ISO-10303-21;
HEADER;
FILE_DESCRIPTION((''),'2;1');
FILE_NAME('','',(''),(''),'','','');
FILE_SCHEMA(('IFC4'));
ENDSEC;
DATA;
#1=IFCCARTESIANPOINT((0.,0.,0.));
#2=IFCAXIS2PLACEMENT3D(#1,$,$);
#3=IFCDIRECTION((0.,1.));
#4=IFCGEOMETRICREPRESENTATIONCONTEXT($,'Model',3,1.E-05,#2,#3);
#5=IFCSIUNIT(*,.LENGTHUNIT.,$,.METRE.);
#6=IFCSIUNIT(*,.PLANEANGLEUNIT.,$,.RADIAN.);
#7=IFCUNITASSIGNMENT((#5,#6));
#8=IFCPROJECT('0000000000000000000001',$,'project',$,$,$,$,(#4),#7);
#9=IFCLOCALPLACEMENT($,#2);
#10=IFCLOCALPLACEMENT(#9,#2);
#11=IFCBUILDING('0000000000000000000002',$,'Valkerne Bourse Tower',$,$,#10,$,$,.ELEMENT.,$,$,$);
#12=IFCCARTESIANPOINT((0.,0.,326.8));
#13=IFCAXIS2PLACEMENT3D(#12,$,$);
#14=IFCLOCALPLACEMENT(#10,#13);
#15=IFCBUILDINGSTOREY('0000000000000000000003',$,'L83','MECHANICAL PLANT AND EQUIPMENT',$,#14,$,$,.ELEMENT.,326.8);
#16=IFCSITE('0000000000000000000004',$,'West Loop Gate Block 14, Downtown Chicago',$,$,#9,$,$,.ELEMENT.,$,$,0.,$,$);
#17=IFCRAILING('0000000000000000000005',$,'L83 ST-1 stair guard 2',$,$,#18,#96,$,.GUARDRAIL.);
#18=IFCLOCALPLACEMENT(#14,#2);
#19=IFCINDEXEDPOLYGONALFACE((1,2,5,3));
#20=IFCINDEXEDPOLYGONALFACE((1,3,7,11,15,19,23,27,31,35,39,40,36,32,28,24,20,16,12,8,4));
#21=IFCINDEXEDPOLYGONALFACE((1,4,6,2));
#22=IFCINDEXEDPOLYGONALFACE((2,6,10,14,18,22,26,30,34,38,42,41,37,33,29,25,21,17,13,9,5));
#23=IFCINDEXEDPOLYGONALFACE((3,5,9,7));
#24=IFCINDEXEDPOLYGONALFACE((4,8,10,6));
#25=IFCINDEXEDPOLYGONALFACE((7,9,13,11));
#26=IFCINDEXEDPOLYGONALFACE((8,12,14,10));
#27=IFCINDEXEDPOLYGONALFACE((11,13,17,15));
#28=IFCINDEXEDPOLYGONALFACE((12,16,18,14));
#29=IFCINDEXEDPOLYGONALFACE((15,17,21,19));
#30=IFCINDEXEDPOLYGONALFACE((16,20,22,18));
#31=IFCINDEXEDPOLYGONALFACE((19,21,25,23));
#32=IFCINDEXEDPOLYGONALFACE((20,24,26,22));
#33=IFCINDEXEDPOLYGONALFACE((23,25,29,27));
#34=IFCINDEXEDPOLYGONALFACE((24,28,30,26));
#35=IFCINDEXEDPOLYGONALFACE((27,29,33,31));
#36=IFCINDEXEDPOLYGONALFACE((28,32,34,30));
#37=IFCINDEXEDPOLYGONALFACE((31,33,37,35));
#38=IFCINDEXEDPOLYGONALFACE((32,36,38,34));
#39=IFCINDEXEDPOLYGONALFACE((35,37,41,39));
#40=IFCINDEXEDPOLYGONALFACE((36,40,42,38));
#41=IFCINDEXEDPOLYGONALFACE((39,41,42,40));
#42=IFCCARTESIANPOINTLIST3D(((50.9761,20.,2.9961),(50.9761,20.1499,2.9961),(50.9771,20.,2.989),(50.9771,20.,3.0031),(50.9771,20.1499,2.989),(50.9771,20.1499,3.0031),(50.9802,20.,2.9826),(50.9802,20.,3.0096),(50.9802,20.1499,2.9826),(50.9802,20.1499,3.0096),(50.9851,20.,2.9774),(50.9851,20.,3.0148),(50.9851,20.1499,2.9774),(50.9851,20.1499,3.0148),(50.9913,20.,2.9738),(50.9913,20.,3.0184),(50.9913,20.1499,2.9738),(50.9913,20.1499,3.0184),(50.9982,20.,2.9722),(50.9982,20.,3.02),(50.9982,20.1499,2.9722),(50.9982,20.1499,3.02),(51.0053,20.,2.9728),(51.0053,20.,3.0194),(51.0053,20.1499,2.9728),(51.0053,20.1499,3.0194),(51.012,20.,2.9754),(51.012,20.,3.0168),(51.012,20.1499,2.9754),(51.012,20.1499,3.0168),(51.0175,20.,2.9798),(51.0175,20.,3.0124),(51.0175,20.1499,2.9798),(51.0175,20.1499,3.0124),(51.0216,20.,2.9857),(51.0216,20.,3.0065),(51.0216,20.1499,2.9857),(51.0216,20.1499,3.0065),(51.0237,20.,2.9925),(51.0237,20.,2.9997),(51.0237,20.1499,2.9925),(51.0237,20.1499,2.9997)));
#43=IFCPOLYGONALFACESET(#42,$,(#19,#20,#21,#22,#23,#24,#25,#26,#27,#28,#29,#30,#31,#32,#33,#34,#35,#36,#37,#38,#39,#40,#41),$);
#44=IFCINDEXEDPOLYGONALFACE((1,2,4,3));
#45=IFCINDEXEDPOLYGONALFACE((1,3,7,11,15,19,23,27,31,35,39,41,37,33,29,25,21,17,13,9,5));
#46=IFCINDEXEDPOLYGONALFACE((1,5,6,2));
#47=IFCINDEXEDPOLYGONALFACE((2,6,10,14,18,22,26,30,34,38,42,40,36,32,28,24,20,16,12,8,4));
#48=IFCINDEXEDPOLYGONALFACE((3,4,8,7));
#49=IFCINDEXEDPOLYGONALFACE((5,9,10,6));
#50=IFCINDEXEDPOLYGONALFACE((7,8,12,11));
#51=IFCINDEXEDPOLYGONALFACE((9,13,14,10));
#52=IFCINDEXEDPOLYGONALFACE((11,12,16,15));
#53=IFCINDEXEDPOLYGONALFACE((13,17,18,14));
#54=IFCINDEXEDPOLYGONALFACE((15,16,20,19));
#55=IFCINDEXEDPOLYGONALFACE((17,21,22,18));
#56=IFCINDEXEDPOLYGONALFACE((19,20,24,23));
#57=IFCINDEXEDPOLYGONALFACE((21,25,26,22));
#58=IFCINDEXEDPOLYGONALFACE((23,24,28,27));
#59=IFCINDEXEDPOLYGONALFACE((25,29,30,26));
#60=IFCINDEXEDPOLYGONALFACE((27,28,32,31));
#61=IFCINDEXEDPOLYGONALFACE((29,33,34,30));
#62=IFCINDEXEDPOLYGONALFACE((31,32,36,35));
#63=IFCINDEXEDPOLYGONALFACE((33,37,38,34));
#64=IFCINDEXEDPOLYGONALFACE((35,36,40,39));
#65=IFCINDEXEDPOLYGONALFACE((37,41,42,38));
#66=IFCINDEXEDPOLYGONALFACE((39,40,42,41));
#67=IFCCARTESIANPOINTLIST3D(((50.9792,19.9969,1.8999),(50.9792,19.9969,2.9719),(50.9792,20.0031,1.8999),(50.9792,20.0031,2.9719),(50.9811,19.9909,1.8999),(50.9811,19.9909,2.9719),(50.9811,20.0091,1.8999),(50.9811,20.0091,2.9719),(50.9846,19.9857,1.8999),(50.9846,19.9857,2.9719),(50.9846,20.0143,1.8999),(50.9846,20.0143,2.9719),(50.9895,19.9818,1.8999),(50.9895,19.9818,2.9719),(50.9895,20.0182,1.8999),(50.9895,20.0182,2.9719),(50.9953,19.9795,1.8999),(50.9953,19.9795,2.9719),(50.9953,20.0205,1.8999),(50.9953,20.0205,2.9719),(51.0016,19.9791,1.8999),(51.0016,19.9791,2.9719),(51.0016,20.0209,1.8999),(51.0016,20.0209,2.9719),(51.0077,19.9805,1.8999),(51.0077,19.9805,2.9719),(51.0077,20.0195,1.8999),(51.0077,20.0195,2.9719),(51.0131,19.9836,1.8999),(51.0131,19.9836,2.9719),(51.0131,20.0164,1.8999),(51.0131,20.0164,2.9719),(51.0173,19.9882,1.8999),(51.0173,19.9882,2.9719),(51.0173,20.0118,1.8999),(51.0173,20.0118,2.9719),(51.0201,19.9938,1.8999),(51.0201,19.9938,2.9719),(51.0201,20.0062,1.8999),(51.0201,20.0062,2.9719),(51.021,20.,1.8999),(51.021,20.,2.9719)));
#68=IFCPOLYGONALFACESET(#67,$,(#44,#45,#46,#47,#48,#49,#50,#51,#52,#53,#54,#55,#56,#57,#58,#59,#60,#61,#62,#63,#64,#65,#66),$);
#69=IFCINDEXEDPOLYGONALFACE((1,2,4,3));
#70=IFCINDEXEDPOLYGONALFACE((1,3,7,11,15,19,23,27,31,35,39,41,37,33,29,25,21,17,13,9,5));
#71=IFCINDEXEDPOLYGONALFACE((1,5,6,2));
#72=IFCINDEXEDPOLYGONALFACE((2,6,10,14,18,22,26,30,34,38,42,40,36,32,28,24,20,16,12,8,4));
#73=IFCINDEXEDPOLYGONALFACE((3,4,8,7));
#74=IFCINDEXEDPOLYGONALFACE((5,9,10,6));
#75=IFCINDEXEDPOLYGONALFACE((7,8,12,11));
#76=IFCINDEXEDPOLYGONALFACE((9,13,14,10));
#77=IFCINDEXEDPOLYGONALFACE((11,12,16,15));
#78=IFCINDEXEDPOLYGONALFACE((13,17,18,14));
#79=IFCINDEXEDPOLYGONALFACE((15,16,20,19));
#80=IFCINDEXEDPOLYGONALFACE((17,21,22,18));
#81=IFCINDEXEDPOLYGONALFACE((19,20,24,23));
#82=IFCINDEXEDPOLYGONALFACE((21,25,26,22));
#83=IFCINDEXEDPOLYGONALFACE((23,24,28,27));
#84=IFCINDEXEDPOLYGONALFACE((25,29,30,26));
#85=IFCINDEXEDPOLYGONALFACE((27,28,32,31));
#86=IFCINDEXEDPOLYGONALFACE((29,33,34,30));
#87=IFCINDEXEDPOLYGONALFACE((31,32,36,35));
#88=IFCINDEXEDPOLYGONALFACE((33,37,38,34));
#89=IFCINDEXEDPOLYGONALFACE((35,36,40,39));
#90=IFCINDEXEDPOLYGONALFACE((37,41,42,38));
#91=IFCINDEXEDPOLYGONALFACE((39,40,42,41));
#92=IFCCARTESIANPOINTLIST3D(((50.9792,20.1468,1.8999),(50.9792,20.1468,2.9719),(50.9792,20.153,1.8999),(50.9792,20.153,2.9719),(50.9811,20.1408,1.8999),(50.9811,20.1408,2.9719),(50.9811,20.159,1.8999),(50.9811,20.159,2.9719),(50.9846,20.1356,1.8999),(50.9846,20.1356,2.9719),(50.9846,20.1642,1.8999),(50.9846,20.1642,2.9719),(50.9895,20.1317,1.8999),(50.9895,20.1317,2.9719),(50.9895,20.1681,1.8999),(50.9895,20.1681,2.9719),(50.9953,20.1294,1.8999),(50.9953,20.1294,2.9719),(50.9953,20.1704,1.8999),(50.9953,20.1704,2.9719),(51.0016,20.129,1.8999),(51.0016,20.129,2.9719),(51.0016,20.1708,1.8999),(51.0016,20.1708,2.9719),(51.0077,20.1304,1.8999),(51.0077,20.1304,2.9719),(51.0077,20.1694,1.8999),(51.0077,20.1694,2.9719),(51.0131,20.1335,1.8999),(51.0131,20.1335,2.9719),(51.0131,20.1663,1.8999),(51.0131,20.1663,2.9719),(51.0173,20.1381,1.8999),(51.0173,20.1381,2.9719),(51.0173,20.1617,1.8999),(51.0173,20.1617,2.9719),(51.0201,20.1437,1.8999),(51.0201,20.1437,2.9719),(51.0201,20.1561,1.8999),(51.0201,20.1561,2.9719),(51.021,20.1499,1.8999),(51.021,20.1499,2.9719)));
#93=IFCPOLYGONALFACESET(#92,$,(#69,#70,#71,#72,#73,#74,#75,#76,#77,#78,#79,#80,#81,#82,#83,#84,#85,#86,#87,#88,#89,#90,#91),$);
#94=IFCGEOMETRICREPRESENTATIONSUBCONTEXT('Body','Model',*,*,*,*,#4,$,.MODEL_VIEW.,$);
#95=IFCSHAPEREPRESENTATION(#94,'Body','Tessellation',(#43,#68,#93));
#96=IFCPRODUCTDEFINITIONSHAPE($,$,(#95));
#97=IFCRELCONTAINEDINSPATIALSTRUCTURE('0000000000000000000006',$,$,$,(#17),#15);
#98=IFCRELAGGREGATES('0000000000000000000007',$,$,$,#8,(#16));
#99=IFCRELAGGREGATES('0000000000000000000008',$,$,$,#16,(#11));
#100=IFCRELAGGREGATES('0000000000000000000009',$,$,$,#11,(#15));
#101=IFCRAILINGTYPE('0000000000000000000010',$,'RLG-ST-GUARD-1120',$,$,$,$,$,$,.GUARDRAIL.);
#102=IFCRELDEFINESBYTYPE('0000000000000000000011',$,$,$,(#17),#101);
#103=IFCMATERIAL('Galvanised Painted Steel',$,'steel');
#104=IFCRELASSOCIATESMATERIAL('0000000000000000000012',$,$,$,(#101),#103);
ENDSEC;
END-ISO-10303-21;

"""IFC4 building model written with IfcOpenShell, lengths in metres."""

from ifc_helpers import new_model, si_unit, direction, frame, origin, origin_2d, place, context, subcontext, project, spatial, circle, extrude, material, type_object, element, save


model = new_model("IFC4")

# Units and contexts
model_context = context("Model", 3, precision=1e-05, world=origin(), true_north=direction((0.0, 1.0)))
body_context = subcontext(model_context, "Body", "Model", "MODEL_VIEW")
ifc_project = project(units=[si_unit("LENGTHUNIT", "METRE"), si_unit("PLANEANGLEUNIT", "RADIAN")], contexts=[model_context])

# Site, building, storey
site_placement = place(None, origin())
site = spatial("IfcSite", under=ifc_project, at=site_placement, Name="West Loop Gate Block 14, Downtown Chicago", CompositionType="ELEMENT", RefElevation=0.0)
building_placement = place(site_placement, origin())
building = spatial("IfcBuilding", under=site, at=building_placement, Name="Valkerne Bourse Tower", CompositionType="ELEMENT")
storey_placement = place(building_placement, frame((0.0, 0.0, 326.8)))
storey = spatial("IfcBuildingStorey", under=building, at=storey_placement, Name="L83", Description="MECHANICAL PLANT AND EQUIPMENT", CompositionType="ELEMENT", Elevation=326.8)

# Railing
ifc_material_1 = material(Name="Galvanised Painted Steel", Category="steel")
railing_type_1 = type_object("IfcRailingType", Name="RLG-ST-GUARD-1120", PredefinedType="GUARDRAIL", material=ifc_material_1)
railing_1_placement = place(storey_placement, frame((51.0, 20.0, 1.8999)))
element("IfcRailing", 1, at=railing_1_placement, inside=storey, type_object=railing_type_1, Name="L83 ST-1 stair guard 2", PredefinedType="GUARDRAIL", context=body_context, shape_type="SweptSolid", body=[
    extrude(circle(Radius=0.0239, at=origin_2d()), frame((0.0, 0.0, 1.0962), z_axis=(0.0, 1.0, 0.0), x_axis=(-1.0, 0.0, 0.0)), (0.0, 0.0, 1.0), 0.1499),
    extrude(circle(Radius=0.021, at=origin_2d()), origin(), (0.0, 0.0, 1.0), 1.072),
    extrude(circle(Radius=0.021, at=origin_2d()), frame((0.0, 0.1499, 0.0)), (0.0, 0.0, 1.0), 1.072),
])

save(model, "model.ifc")
